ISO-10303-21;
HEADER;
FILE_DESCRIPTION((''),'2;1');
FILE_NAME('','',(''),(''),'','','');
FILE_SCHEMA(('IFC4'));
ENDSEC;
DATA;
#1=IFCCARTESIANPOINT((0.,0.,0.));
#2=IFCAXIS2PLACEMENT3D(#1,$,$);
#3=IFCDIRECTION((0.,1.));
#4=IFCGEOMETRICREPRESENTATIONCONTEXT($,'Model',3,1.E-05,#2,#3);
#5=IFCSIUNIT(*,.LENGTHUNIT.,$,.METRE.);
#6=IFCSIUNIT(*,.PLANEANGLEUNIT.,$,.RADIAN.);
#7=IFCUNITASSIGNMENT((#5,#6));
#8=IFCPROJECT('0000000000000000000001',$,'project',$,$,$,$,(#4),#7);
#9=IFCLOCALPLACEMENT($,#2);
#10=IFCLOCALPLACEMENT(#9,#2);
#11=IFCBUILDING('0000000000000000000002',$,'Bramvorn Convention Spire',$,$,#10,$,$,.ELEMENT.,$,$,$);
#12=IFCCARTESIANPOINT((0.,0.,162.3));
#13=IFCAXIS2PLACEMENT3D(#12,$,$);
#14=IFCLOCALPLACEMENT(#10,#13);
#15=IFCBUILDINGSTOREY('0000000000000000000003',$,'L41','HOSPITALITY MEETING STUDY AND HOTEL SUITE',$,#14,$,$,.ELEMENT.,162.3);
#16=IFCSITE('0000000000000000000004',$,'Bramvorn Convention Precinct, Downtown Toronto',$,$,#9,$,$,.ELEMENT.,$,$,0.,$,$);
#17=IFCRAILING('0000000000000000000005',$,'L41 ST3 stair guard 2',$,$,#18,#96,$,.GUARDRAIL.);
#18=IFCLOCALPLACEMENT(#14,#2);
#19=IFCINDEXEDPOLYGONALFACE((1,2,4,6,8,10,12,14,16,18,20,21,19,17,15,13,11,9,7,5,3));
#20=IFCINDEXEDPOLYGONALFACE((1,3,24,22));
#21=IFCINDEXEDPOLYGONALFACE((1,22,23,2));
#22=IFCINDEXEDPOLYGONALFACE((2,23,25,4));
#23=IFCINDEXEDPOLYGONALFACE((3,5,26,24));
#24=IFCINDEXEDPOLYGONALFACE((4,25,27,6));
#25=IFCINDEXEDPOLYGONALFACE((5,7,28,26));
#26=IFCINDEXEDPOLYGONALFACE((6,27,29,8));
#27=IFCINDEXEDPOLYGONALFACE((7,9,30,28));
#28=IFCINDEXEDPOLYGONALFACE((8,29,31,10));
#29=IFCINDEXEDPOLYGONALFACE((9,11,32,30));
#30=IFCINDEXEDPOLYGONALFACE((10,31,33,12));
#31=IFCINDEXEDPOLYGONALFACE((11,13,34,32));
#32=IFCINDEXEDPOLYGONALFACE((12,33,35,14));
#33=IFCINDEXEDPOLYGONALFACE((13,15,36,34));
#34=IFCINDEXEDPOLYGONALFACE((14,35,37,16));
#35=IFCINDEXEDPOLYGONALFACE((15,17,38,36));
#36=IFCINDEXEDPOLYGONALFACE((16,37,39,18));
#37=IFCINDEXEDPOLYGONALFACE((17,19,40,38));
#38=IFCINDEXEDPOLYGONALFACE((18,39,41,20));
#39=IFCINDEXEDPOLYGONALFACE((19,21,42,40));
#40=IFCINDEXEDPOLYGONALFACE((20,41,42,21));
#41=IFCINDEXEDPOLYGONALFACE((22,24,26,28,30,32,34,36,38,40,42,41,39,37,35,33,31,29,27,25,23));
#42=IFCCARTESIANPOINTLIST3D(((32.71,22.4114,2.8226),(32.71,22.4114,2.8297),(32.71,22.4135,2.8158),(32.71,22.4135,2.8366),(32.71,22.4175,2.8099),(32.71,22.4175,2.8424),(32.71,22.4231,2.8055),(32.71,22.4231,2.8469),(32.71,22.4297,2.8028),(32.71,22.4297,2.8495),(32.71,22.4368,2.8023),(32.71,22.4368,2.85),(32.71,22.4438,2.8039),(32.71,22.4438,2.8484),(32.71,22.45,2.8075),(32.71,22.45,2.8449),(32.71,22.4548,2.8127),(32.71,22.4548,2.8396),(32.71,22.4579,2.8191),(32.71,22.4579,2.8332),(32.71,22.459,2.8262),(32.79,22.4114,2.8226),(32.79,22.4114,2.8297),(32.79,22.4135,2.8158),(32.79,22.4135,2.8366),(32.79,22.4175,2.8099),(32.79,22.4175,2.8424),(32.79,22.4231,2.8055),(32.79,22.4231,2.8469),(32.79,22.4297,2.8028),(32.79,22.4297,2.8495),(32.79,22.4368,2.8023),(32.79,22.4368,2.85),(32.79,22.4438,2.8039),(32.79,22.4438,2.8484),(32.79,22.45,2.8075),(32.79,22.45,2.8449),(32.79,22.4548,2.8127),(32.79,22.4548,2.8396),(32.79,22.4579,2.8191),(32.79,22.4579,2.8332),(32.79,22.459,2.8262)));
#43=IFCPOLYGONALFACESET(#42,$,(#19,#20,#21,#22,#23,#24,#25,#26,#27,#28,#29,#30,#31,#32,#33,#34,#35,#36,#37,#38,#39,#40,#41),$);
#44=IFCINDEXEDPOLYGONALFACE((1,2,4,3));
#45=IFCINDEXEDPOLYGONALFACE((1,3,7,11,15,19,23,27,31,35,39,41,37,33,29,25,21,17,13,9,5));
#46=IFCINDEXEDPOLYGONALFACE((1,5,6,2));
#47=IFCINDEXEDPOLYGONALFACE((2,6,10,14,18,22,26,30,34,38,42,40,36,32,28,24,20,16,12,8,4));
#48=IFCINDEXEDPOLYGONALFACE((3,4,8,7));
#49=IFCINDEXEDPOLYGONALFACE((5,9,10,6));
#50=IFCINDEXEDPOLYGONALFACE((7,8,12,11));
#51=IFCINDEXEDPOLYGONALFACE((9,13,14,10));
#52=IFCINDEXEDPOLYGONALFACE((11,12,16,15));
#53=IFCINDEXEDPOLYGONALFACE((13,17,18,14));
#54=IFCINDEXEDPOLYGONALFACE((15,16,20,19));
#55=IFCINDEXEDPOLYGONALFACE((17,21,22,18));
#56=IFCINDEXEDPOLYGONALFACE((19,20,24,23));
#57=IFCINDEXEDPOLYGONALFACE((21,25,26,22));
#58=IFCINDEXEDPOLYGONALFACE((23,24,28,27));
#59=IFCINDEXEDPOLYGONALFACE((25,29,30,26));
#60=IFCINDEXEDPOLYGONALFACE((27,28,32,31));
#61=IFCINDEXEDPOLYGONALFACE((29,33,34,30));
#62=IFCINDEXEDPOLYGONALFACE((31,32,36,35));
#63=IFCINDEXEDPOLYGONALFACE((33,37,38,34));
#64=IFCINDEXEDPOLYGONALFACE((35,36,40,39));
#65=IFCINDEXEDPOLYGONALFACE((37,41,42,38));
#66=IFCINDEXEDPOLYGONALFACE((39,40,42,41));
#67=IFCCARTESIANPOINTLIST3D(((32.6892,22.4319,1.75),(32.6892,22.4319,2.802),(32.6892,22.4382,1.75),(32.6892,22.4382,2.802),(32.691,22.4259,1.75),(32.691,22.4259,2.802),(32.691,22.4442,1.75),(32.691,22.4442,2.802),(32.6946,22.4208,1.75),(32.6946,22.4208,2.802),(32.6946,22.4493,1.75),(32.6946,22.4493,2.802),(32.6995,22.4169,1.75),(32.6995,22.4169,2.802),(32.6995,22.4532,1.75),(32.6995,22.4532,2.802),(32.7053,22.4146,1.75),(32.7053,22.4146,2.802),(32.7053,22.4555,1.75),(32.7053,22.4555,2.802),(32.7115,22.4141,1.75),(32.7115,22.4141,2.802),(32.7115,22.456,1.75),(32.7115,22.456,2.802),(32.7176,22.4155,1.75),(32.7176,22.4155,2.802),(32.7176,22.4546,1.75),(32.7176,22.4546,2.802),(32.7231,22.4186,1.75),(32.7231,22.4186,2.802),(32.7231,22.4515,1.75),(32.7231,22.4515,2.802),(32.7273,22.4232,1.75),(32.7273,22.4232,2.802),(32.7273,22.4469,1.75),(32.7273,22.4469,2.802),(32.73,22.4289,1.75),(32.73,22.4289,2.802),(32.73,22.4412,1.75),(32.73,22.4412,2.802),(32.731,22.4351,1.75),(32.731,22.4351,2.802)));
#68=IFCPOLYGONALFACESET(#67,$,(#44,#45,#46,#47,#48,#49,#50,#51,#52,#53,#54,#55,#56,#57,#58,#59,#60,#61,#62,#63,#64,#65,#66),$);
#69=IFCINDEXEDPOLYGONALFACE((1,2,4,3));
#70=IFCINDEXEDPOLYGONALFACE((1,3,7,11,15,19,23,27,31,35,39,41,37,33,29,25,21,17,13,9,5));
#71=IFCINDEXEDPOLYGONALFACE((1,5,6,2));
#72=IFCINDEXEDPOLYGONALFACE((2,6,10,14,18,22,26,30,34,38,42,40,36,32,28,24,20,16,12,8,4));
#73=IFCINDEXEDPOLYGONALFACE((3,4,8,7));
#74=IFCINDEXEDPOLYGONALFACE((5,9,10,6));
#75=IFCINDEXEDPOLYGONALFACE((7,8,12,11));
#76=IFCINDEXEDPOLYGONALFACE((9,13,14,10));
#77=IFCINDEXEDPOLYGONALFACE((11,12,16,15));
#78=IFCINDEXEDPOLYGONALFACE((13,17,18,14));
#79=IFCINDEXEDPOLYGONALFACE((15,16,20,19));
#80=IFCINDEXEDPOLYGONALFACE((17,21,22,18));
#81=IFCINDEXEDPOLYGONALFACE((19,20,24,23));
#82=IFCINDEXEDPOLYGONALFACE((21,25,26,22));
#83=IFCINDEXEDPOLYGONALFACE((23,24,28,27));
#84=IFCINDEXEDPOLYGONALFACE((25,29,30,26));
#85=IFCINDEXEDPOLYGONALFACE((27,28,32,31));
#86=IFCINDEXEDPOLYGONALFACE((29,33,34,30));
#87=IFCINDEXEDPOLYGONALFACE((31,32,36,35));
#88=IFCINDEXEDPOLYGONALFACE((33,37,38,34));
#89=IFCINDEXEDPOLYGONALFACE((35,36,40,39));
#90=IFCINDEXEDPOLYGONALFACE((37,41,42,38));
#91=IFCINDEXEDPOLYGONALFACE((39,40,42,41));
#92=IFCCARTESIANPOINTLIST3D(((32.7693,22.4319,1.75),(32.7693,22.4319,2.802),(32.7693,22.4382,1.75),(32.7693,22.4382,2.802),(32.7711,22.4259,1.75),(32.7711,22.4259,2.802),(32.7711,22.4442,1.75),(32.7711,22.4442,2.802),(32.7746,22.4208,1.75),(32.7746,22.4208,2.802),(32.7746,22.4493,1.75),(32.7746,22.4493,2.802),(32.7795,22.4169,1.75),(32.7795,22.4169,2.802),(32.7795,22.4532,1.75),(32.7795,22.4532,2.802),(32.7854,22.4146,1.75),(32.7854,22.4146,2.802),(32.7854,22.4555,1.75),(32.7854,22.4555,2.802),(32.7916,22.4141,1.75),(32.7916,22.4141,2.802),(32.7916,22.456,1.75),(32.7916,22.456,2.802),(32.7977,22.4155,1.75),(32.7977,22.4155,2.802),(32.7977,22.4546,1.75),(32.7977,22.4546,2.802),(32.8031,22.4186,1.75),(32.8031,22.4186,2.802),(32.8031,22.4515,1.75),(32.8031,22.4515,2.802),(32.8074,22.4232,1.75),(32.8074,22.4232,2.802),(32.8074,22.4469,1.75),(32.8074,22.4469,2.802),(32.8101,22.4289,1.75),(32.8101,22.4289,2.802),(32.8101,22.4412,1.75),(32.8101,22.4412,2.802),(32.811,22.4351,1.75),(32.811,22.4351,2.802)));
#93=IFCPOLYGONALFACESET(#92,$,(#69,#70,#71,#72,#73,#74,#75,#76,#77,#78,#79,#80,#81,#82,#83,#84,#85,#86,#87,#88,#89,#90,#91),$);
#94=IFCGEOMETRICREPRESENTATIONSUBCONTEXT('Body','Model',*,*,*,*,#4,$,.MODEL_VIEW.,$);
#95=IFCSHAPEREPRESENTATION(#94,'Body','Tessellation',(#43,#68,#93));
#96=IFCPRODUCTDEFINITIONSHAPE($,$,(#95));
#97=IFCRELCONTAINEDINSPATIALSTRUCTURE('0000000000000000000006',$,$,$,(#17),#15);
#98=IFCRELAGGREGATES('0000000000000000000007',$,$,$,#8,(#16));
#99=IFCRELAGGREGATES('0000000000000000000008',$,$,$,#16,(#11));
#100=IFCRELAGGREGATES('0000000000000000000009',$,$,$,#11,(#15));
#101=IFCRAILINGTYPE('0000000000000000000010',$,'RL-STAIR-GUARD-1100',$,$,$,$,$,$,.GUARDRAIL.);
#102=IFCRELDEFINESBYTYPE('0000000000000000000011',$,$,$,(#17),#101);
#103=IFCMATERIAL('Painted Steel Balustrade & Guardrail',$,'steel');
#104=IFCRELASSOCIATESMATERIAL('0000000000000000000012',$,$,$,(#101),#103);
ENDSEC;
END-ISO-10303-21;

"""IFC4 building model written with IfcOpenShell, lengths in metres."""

from ifc_helpers import new_model, si_unit, direction, frame, origin, origin_2d, place, context, subcontext, project, spatial, circle, extrude, material, type_object, element, save


model = new_model("IFC4")

# Units and contexts
model_context = context("Model", 3, precision=1e-05, world=origin(), true_north=direction((0.0, 1.0)))
body_context = subcontext(model_context, "Body", "Model", "MODEL_VIEW")
ifc_project = project(units=[si_unit("LENGTHUNIT", "METRE"), si_unit("PLANEANGLEUNIT", "RADIAN")], contexts=[model_context])

# Site, building, storey
site_placement = place(None, origin())
site = spatial("IfcSite", under=ifc_project, at=site_placement, Name="Bramvorn Convention Precinct, Downtown Toronto", CompositionType="ELEMENT", RefElevation=0.0)
building_placement = place(site_placement, origin())
building = spatial("IfcBuilding", under=site, at=building_placement, Name="Bramvorn Convention Spire", CompositionType="ELEMENT")
storey_placement = place(building_placement, frame((0.0, 0.0, 162.3)))
storey = spatial("IfcBuildingStorey", under=building, at=storey_placement, Name="L41", Description="HOSPITALITY MEETING STUDY AND HOTEL SUITE", CompositionType="ELEMENT", Elevation=162.3)

# Railing
ifc_material_1 = material(Name="Painted Steel Balustrade & Guardrail", Category="steel")
railing_type_1 = type_object("IfcRailingType", Name="RL-STAIR-GUARD-1100", PredefinedType="GUARDRAIL", material=ifc_material_1)
railing_1_placement = place(storey_placement, frame((32.71, 22.4351, 1.75)))
element("IfcRailing", 1, at=railing_1_placement, inside=storey, type_object=railing_type_1, Name="L41 ST3 stair guard 2", PredefinedType="GUARDRAIL", context=body_context, shape_type="SweptSolid", body=[
    extrude(circle(Radius=0.0239, at=origin_2d()), frame((0.0, 0.0, 1.0762), z_axis=(1.0, 0.0, 0.0), x_axis=(0.0, 1.0, 0.0)), (0.0, 0.0, 1.0), 0.0801),
    extrude(circle(Radius=0.021, at=origin_2d()), origin(), (0.0, 0.0, 1.0), 1.052),
    extrude(circle(Radius=0.021, at=origin_2d()), frame((0.0801, 0.0, 0.0)), (0.0, 0.0, 1.0), 1.052),
])

save(model, "model.ifc")
